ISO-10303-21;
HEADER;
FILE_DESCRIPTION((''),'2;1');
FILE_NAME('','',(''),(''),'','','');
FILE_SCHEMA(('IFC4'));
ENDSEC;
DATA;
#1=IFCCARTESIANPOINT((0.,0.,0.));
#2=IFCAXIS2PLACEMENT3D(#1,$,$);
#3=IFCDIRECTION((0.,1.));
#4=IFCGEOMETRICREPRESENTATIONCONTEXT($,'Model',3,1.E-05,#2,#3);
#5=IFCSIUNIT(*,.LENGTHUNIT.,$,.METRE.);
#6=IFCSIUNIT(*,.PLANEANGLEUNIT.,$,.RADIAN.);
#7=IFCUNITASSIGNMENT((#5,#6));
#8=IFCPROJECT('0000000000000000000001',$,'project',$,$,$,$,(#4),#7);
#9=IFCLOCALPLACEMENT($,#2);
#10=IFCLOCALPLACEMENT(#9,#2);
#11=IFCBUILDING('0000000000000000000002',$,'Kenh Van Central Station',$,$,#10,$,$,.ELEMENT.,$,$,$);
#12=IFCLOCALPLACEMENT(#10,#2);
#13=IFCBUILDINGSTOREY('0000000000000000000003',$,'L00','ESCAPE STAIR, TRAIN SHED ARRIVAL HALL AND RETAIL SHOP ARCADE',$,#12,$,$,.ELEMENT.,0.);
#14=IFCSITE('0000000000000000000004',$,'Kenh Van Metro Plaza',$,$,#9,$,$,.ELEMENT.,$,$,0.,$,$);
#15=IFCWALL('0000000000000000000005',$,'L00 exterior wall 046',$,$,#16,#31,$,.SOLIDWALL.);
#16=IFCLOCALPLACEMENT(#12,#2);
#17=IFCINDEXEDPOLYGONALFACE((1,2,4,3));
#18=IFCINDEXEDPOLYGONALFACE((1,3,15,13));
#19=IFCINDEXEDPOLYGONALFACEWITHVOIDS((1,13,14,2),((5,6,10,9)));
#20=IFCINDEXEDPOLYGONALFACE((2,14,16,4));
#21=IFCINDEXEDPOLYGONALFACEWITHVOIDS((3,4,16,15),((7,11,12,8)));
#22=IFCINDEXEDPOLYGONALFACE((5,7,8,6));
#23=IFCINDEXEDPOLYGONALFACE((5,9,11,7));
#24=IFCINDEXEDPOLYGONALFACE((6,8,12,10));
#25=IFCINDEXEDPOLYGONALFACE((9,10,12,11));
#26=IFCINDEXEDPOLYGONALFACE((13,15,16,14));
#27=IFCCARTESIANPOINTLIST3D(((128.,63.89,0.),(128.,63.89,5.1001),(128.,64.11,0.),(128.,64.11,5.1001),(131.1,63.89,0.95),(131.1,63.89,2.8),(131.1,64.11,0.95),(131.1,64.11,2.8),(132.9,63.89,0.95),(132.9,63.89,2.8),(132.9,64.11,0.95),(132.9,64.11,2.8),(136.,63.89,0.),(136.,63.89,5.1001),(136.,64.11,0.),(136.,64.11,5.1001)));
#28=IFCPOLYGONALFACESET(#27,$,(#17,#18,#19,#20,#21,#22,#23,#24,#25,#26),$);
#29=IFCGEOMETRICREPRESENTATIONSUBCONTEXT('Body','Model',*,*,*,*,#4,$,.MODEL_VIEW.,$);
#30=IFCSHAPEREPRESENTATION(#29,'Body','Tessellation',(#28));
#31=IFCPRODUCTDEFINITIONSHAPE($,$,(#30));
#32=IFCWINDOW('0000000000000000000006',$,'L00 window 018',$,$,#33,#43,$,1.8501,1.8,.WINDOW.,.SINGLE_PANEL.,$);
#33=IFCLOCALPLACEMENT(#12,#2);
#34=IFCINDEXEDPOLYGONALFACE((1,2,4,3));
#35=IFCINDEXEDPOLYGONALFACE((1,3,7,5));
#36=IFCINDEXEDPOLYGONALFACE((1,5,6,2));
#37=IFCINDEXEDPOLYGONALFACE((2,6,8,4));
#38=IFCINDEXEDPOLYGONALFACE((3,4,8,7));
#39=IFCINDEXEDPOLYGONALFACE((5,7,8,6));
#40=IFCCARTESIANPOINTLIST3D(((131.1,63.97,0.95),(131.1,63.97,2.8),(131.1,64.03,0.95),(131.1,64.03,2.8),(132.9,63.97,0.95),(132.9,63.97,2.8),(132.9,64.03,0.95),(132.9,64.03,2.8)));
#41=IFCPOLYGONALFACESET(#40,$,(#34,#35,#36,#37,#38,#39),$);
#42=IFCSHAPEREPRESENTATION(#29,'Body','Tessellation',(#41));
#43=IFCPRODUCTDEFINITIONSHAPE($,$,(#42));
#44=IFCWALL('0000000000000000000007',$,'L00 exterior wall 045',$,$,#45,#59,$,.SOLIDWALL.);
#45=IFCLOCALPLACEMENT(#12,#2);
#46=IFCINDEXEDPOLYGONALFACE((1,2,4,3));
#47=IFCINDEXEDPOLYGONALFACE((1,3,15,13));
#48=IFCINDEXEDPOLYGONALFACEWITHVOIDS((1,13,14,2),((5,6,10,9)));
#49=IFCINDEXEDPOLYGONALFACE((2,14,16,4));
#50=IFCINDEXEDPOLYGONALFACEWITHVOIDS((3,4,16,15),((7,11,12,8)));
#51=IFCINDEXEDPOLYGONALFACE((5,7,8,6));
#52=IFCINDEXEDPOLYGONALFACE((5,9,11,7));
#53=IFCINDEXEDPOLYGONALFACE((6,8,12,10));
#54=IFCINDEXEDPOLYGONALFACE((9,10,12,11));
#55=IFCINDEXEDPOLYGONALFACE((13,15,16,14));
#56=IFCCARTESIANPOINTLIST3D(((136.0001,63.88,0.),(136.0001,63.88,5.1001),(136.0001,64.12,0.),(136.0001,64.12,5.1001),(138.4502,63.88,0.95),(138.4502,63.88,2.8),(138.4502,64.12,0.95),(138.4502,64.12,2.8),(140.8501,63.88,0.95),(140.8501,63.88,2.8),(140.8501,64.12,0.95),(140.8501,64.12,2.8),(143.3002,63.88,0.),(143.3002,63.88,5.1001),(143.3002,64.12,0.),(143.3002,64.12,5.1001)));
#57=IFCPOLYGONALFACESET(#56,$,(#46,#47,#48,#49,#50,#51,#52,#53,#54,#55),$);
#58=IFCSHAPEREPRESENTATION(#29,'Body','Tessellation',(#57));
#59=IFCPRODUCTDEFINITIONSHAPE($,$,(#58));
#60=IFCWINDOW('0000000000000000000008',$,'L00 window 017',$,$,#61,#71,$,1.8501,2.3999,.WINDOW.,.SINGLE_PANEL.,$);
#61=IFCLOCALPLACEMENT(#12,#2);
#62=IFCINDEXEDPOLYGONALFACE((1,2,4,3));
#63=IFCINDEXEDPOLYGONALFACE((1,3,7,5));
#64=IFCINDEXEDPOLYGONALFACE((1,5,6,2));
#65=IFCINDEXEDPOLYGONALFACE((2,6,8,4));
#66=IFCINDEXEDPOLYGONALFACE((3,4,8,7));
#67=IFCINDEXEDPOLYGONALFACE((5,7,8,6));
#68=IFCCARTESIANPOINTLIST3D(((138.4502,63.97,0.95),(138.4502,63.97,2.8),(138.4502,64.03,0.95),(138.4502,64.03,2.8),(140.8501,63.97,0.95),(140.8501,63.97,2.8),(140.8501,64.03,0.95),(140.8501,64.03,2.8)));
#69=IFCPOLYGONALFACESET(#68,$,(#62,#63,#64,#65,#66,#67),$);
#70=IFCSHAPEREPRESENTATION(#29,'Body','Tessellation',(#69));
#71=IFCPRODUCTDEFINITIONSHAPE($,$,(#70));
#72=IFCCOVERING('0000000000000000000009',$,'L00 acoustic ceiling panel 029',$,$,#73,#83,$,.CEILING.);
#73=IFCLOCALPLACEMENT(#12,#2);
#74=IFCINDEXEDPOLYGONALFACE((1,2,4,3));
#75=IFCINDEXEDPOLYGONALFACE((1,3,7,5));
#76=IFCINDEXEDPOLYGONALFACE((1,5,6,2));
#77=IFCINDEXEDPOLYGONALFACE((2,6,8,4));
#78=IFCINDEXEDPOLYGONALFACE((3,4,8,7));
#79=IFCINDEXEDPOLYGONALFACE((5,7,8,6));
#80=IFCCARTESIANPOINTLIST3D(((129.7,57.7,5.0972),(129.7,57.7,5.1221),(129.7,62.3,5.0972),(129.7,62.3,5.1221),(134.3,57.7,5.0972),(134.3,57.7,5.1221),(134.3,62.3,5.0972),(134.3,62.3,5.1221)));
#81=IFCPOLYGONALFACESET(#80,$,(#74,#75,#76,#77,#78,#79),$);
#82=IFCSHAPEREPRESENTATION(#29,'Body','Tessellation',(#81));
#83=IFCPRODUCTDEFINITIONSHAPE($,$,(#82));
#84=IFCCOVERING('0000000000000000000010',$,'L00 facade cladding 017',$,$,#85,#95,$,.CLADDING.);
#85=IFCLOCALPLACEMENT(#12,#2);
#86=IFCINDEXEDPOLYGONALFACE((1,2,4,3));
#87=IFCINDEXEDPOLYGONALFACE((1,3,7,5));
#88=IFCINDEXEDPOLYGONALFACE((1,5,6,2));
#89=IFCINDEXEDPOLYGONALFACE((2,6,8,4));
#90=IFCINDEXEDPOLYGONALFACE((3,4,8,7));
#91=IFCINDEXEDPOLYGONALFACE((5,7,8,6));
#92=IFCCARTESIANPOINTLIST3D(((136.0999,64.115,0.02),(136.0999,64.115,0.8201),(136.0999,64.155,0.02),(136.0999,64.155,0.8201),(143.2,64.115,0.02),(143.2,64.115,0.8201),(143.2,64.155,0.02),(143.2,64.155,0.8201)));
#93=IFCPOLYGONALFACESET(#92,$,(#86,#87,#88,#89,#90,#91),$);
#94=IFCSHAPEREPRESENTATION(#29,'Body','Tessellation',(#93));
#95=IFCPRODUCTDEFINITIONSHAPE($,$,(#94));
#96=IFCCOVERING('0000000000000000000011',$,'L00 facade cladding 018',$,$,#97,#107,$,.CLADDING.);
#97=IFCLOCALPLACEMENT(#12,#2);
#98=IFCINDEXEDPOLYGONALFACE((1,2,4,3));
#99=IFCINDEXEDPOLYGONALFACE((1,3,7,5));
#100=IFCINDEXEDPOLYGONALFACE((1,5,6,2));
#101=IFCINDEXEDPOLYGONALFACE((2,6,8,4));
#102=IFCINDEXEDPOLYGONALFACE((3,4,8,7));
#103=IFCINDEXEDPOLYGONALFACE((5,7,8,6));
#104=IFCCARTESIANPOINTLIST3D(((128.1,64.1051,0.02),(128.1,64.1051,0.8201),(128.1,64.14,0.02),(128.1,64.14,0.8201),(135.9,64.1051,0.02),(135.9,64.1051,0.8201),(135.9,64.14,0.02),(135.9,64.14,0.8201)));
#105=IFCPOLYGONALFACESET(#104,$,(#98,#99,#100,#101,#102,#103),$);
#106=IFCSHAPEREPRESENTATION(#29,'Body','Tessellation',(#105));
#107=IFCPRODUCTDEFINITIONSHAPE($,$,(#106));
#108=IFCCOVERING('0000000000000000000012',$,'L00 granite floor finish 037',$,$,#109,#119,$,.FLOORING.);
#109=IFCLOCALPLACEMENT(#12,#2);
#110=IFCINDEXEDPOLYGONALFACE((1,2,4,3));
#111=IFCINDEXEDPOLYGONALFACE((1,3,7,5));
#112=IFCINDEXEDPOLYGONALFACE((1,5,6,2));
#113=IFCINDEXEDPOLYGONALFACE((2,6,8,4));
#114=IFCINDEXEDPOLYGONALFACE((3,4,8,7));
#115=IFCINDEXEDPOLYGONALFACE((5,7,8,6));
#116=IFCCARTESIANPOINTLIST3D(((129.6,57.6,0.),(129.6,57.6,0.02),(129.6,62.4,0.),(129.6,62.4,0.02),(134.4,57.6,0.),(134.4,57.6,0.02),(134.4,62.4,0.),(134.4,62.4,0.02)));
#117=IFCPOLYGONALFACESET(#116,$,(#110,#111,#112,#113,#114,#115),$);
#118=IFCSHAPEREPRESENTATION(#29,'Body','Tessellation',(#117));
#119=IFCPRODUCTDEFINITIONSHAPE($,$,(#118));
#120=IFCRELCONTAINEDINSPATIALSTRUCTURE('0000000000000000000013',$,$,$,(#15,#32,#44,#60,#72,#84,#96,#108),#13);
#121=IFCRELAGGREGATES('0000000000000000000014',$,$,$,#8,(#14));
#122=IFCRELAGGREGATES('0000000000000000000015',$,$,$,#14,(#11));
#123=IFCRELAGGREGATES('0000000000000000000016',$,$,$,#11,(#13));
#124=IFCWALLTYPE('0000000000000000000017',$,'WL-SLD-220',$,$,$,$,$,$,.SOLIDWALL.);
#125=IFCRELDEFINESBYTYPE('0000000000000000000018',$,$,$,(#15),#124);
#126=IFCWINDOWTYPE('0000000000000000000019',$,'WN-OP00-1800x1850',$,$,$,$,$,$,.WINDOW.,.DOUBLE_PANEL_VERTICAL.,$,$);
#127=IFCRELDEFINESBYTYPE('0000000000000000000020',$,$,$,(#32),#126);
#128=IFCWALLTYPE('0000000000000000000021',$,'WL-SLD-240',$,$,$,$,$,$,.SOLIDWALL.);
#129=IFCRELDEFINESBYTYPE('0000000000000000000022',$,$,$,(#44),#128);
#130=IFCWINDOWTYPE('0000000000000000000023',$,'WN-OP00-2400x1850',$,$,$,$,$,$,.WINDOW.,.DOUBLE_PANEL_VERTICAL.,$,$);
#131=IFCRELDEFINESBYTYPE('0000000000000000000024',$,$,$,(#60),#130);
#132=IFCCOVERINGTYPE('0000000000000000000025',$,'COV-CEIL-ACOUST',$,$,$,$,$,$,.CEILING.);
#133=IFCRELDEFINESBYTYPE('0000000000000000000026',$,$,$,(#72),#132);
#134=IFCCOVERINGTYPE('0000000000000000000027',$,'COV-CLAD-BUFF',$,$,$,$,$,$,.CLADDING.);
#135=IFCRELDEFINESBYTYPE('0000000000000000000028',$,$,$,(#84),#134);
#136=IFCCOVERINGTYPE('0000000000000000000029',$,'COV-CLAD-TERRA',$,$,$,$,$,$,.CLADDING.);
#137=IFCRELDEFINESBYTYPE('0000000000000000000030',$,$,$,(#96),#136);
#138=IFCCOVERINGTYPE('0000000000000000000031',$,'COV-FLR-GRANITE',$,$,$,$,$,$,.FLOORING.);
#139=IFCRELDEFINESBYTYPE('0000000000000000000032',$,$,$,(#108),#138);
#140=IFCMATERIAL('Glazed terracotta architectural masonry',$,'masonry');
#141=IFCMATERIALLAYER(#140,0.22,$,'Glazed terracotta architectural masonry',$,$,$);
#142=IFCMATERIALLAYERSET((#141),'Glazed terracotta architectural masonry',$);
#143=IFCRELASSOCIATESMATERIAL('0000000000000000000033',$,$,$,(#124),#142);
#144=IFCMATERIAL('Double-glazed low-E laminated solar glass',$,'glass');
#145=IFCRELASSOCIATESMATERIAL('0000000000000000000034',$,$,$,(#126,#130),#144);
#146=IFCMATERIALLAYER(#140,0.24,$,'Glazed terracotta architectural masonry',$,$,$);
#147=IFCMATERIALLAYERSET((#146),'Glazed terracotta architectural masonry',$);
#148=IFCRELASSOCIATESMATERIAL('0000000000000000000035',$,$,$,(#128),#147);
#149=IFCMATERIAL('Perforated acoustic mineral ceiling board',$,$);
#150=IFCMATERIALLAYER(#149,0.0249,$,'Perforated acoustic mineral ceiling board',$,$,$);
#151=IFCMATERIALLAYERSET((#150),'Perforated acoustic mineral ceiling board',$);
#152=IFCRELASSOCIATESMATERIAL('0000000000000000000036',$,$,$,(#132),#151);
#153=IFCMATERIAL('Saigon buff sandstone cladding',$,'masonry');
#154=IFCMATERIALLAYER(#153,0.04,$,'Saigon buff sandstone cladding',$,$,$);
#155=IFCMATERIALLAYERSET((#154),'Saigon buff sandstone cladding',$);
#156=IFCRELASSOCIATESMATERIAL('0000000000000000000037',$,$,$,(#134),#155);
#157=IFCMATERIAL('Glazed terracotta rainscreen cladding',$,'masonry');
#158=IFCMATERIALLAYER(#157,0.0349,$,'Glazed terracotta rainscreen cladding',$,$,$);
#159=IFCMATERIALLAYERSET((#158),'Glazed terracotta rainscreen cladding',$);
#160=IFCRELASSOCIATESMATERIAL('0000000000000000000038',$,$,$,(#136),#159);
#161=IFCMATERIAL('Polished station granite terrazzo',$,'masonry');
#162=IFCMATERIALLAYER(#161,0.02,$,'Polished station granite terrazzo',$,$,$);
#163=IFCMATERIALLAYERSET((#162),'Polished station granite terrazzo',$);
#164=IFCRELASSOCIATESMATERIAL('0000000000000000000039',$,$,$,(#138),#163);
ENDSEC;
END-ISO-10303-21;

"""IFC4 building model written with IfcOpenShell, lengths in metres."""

from ifc_helpers import new_model, si_unit, direction, frame, frame_2d, origin, origin_2d, place, context, subcontext, project, spatial, rectangle, extrude, material, layer, layer_set, type_object, element, fill, save


model = new_model("IFC4")

# Units and contexts
model_context = context("Model", 3, precision=1e-05, world=origin(), true_north=direction((0.0, 1.0)))
body_context = subcontext(model_context, "Body", "Model", "MODEL_VIEW")
ifc_project = project(units=[si_unit("LENGTHUNIT", "METRE"), si_unit("PLANEANGLEUNIT", "RADIAN")], contexts=[model_context])

# Site, building, storey
site_placement = place(None, origin())
site = spatial("IfcSite", under=ifc_project, at=site_placement, Name="Kenh Van Metro Plaza", CompositionType="ELEMENT", RefElevation=0.0)
building_placement = place(site_placement, origin())
building = spatial("IfcBuilding", under=site, at=building_placement, Name="Kenh Van Central Station", CompositionType="ELEMENT")
storey_placement = place(building_placement, origin())
storey = spatial("IfcBuildingStorey", under=building, at=storey_placement, Name="L00", Description="ESCAPE STAIR, TRAIN SHED ARRIVAL HALL AND RETAIL SHOP ARCADE", CompositionType="ELEMENT", Elevation=0.0)

# Shared definitions
ifc_material_1 = material(Name="Double-glazed low-E laminated solar glass", Category="glass")

# Walls, openings, windows
ifc_material_2 = material(Name="Glazed terracotta architectural masonry", Category="masonry")
ifc_layer_1 = layer(ifc_material_2, 0.22, Name="Glazed terracotta architectural masonry")
ifc_layer_set_1 = layer_set([ifc_layer_1], Name="Glazed terracotta architectural masonry")
wall_type_1 = type_object("IfcWallType", Name="WL-SLD-220", PredefinedType="SOLIDWALL", material=ifc_layer_set_1)
wall_1_placement = place(storey_placement, frame((136.0, 64.0, 0.0), z_axis=(0.0, 0.0, 1.0), x_axis=(-1.0, 0.0, 0.0)))
wall_1 = element("IfcWall", 1, at=wall_1_placement, inside=storey, type_object=wall_type_1, Name="L00 exterior wall 046", PredefinedType="SOLIDWALL", context=body_context, shape_type="SweptSolid", body=[
    extrude(rectangle(XDim=8.0, YDim=0.22, at=frame_2d((4.0, 0.0))), origin(), (0.0, 0.0, 1.0), 5.1001),
])
opening_1_placement = place(wall_1_placement, frame((3.1001, 0.0, 0.95)))
opening_1 = element("IfcOpeningElement", 2, at=opening_1_placement, cuts=wall_1, PredefinedType="OPENING", context=body_context, shape_type="SweptSolid", body=[
    extrude(rectangle(XDim=1.8, YDim=1.8501, at=frame_2d((0.8999, 0.925))), frame((0.0, 0.1199, 0.0), z_axis=(0.0, -1.0, 0.0), x_axis=(1.0, 0.0, 0.0)), (0.0, 0.0, 1.0), 0.24),
])
window_type_1 = type_object("IfcWindowType", Name="WN-OP00-1800x1850", PartitioningType="DOUBLE_PANEL_VERTICAL", PredefinedType="WINDOW", material=ifc_material_1)
window_1_placement = place(opening_1_placement, origin())
window_1 = element("IfcWindow", 3, at=window_1_placement, inside=storey, type_object=window_type_1, Name="L00 window 018", OverallHeight=1.8501, OverallWidth=1.8, PartitioningType="SINGLE_PANEL", PredefinedType="WINDOW", context=body_context, shape_type="SweptSolid", body=[
    extrude(rectangle(XDim=1.8, YDim=1.8501, at=frame_2d((0.8999, 0.925))), frame((0.0, 0.03, 0.0), z_axis=(0.0, -1.0, 0.0), x_axis=(1.0, 0.0, 0.0)), (0.0, 0.0, 1.0), 0.0601),
])
fill(opening_1, window_1)
ifc_layer_2 = layer(ifc_material_2, 0.24, Name="Glazed terracotta architectural masonry")
ifc_layer_set_2 = layer_set([ifc_layer_2], Name="Glazed terracotta architectural masonry")
wall_type_2 = type_object("IfcWallType", Name="WL-SLD-240", PredefinedType="SOLIDWALL", material=ifc_layer_set_2)
wall_2_placement = place(storey_placement, frame((143.3, 64.0, 0.0), z_axis=(0.0, 0.0, 1.0), x_axis=(-1.0, 0.0, 0.0)))
wall_2 = element("IfcWall", 4, at=wall_2_placement, inside=storey, type_object=wall_type_2, Name="L00 exterior wall 045", PredefinedType="SOLIDWALL", context=body_context, shape_type="SweptSolid", body=[
    extrude(rectangle(XDim=7.3, YDim=0.24, at=frame_2d((3.6499, 0.0))), origin(), (0.0, 0.0, 1.0), 5.1001),
])
opening_2_placement = place(wall_2_placement, frame((2.45, 0.0, 0.95)))
opening_2 = element("IfcOpeningElement", 5, at=opening_2_placement, cuts=wall_2, PredefinedType="OPENING", context=body_context, shape_type="SweptSolid", body=[
    extrude(rectangle(XDim=2.3999, YDim=1.8501, at=frame_2d((1.2, 0.925))), frame((0.0, 0.1299, 0.0), z_axis=(0.0, -1.0, 0.0), x_axis=(1.0, 0.0, 0.0)), (0.0, 0.0, 1.0), 0.26),
])
window_type_2 = type_object("IfcWindowType", Name="WN-OP00-2400x1850", PartitioningType="DOUBLE_PANEL_VERTICAL", PredefinedType="WINDOW", material=ifc_material_1)
window_2_placement = place(opening_2_placement, origin())
window_2 = element("IfcWindow", 6, at=window_2_placement, inside=storey, type_object=window_type_2, Name="L00 window 017", OverallHeight=1.8501, OverallWidth=2.3999, PartitioningType="SINGLE_PANEL", PredefinedType="WINDOW", context=body_context, shape_type="SweptSolid", body=[
    extrude(rectangle(XDim=2.3999, YDim=1.8501, at=frame_2d((1.2, 0.925))), frame((0.0, 0.03, 0.0), z_axis=(0.0, -1.0, 0.0), x_axis=(1.0, 0.0, 0.0)), (0.0, 0.0, 1.0), 0.0601),
])
fill(opening_2, window_2)

# Coverings
ifc_material_3 = material(Name="Perforated acoustic mineral ceiling board")
ifc_layer_3 = layer(ifc_material_3, 0.0249, Name="Perforated acoustic mineral ceiling board")
ifc_layer_set_3 = layer_set([ifc_layer_3], Name="Perforated acoustic mineral ceiling board")
covering_type_1 = type_object("IfcCoveringType", Name="COV-CEIL-ACOUST", PredefinedType="CEILING", material=ifc_layer_set_3)
covering_1_placement = place(storey_placement, frame((132.0, 60.0, 5.0972), z_axis=(0.0, 0.0, 1.0), x_axis=(1.0, 0.0, 0.0)))
element("IfcCovering", 7, at=covering_1_placement, inside=storey, type_object=covering_type_1, Name="L00 acoustic ceiling panel 029", PredefinedType="CEILING", context=body_context, shape_type="SweptSolid", body=[
    extrude(rectangle(XDim=4.6001, YDim=4.6001, at=origin_2d()), origin(), (0.0, 0.0, 1.0), 0.0249),
])
ifc_material_4 = material(Name="Saigon buff sandstone cladding", Category="masonry")
ifc_layer_4 = layer(ifc_material_4, 0.04, Name="Saigon buff sandstone cladding")
ifc_layer_set_4 = layer_set([ifc_layer_4], Name="Saigon buff sandstone cladding")
covering_type_2 = type_object("IfcCoveringType", Name="COV-CLAD-BUFF", PredefinedType="CLADDING", material=ifc_layer_set_4)
covering_2_placement = place(storey_placement, frame((139.6499, 64.135, 0.02), z_axis=(0.0, 0.0, 1.0), x_axis=(-1.0, 0.0, 0.0)))
element("IfcCovering", 8, at=covering_2_placement, inside=storey, type_object=covering_type_2, Name="L00 facade cladding 017", PredefinedType="CLADDING", context=body_context, shape_type="SweptSolid", body=[
    extrude(rectangle(XDim=7.1001, YDim=0.04, at=origin_2d()), origin(), (0.0, 0.0, 1.0), 0.8),
])
ifc_material_5 = material(Name="Glazed terracotta rainscreen cladding", Category="masonry")
ifc_layer_5 = layer(ifc_material_5, 0.0349, Name="Glazed terracotta rainscreen cladding")
ifc_layer_set_5 = layer_set([ifc_layer_5], Name="Glazed terracotta rainscreen cladding")
covering_type_3 = type_object("IfcCoveringType", Name="COV-CLAD-TERRA", PredefinedType="CLADDING", material=ifc_layer_set_5)
covering_3_placement = place(storey_placement, frame((132.0, 64.1226, 0.02), z_axis=(0.0, 0.0, 1.0), x_axis=(-1.0, 0.0, 0.0)))
element("IfcCovering", 9, at=covering_3_placement, inside=storey, type_object=covering_type_3, Name="L00 facade cladding 018", PredefinedType="CLADDING", context=body_context, shape_type="SweptSolid", body=[
    extrude(rectangle(XDim=7.8, YDim=0.0349, at=origin_2d()), origin(), (0.0, 0.0, 1.0), 0.8),
])
ifc_material_6 = material(Name="Polished station granite terrazzo", Category="masonry")
ifc_layer_6 = layer(ifc_material_6, 0.02, Name="Polished station granite terrazzo")
ifc_layer_set_6 = layer_set([ifc_layer_6], Name="Polished station granite terrazzo")
covering_type_4 = type_object("IfcCoveringType", Name="COV-FLR-GRANITE", PredefinedType="FLOORING", material=ifc_layer_set_6)
covering_4_placement = place(storey_placement, frame((132.0, 60.0, 0.0), z_axis=(0.0, 0.0, 1.0), x_axis=(1.0, 0.0, 0.0)))
element("IfcCovering", 10, at=covering_4_placement, inside=storey, type_object=covering_type_4, Name="L00 granite floor finish 037", PredefinedType="FLOORING", context=body_context, shape_type="SweptSolid", body=[
    extrude(rectangle(XDim=4.8, YDim=4.8, at=origin_2d()), origin(), (0.0, 0.0, 1.0), 0.02),
])

save(model, "model.ifc")
